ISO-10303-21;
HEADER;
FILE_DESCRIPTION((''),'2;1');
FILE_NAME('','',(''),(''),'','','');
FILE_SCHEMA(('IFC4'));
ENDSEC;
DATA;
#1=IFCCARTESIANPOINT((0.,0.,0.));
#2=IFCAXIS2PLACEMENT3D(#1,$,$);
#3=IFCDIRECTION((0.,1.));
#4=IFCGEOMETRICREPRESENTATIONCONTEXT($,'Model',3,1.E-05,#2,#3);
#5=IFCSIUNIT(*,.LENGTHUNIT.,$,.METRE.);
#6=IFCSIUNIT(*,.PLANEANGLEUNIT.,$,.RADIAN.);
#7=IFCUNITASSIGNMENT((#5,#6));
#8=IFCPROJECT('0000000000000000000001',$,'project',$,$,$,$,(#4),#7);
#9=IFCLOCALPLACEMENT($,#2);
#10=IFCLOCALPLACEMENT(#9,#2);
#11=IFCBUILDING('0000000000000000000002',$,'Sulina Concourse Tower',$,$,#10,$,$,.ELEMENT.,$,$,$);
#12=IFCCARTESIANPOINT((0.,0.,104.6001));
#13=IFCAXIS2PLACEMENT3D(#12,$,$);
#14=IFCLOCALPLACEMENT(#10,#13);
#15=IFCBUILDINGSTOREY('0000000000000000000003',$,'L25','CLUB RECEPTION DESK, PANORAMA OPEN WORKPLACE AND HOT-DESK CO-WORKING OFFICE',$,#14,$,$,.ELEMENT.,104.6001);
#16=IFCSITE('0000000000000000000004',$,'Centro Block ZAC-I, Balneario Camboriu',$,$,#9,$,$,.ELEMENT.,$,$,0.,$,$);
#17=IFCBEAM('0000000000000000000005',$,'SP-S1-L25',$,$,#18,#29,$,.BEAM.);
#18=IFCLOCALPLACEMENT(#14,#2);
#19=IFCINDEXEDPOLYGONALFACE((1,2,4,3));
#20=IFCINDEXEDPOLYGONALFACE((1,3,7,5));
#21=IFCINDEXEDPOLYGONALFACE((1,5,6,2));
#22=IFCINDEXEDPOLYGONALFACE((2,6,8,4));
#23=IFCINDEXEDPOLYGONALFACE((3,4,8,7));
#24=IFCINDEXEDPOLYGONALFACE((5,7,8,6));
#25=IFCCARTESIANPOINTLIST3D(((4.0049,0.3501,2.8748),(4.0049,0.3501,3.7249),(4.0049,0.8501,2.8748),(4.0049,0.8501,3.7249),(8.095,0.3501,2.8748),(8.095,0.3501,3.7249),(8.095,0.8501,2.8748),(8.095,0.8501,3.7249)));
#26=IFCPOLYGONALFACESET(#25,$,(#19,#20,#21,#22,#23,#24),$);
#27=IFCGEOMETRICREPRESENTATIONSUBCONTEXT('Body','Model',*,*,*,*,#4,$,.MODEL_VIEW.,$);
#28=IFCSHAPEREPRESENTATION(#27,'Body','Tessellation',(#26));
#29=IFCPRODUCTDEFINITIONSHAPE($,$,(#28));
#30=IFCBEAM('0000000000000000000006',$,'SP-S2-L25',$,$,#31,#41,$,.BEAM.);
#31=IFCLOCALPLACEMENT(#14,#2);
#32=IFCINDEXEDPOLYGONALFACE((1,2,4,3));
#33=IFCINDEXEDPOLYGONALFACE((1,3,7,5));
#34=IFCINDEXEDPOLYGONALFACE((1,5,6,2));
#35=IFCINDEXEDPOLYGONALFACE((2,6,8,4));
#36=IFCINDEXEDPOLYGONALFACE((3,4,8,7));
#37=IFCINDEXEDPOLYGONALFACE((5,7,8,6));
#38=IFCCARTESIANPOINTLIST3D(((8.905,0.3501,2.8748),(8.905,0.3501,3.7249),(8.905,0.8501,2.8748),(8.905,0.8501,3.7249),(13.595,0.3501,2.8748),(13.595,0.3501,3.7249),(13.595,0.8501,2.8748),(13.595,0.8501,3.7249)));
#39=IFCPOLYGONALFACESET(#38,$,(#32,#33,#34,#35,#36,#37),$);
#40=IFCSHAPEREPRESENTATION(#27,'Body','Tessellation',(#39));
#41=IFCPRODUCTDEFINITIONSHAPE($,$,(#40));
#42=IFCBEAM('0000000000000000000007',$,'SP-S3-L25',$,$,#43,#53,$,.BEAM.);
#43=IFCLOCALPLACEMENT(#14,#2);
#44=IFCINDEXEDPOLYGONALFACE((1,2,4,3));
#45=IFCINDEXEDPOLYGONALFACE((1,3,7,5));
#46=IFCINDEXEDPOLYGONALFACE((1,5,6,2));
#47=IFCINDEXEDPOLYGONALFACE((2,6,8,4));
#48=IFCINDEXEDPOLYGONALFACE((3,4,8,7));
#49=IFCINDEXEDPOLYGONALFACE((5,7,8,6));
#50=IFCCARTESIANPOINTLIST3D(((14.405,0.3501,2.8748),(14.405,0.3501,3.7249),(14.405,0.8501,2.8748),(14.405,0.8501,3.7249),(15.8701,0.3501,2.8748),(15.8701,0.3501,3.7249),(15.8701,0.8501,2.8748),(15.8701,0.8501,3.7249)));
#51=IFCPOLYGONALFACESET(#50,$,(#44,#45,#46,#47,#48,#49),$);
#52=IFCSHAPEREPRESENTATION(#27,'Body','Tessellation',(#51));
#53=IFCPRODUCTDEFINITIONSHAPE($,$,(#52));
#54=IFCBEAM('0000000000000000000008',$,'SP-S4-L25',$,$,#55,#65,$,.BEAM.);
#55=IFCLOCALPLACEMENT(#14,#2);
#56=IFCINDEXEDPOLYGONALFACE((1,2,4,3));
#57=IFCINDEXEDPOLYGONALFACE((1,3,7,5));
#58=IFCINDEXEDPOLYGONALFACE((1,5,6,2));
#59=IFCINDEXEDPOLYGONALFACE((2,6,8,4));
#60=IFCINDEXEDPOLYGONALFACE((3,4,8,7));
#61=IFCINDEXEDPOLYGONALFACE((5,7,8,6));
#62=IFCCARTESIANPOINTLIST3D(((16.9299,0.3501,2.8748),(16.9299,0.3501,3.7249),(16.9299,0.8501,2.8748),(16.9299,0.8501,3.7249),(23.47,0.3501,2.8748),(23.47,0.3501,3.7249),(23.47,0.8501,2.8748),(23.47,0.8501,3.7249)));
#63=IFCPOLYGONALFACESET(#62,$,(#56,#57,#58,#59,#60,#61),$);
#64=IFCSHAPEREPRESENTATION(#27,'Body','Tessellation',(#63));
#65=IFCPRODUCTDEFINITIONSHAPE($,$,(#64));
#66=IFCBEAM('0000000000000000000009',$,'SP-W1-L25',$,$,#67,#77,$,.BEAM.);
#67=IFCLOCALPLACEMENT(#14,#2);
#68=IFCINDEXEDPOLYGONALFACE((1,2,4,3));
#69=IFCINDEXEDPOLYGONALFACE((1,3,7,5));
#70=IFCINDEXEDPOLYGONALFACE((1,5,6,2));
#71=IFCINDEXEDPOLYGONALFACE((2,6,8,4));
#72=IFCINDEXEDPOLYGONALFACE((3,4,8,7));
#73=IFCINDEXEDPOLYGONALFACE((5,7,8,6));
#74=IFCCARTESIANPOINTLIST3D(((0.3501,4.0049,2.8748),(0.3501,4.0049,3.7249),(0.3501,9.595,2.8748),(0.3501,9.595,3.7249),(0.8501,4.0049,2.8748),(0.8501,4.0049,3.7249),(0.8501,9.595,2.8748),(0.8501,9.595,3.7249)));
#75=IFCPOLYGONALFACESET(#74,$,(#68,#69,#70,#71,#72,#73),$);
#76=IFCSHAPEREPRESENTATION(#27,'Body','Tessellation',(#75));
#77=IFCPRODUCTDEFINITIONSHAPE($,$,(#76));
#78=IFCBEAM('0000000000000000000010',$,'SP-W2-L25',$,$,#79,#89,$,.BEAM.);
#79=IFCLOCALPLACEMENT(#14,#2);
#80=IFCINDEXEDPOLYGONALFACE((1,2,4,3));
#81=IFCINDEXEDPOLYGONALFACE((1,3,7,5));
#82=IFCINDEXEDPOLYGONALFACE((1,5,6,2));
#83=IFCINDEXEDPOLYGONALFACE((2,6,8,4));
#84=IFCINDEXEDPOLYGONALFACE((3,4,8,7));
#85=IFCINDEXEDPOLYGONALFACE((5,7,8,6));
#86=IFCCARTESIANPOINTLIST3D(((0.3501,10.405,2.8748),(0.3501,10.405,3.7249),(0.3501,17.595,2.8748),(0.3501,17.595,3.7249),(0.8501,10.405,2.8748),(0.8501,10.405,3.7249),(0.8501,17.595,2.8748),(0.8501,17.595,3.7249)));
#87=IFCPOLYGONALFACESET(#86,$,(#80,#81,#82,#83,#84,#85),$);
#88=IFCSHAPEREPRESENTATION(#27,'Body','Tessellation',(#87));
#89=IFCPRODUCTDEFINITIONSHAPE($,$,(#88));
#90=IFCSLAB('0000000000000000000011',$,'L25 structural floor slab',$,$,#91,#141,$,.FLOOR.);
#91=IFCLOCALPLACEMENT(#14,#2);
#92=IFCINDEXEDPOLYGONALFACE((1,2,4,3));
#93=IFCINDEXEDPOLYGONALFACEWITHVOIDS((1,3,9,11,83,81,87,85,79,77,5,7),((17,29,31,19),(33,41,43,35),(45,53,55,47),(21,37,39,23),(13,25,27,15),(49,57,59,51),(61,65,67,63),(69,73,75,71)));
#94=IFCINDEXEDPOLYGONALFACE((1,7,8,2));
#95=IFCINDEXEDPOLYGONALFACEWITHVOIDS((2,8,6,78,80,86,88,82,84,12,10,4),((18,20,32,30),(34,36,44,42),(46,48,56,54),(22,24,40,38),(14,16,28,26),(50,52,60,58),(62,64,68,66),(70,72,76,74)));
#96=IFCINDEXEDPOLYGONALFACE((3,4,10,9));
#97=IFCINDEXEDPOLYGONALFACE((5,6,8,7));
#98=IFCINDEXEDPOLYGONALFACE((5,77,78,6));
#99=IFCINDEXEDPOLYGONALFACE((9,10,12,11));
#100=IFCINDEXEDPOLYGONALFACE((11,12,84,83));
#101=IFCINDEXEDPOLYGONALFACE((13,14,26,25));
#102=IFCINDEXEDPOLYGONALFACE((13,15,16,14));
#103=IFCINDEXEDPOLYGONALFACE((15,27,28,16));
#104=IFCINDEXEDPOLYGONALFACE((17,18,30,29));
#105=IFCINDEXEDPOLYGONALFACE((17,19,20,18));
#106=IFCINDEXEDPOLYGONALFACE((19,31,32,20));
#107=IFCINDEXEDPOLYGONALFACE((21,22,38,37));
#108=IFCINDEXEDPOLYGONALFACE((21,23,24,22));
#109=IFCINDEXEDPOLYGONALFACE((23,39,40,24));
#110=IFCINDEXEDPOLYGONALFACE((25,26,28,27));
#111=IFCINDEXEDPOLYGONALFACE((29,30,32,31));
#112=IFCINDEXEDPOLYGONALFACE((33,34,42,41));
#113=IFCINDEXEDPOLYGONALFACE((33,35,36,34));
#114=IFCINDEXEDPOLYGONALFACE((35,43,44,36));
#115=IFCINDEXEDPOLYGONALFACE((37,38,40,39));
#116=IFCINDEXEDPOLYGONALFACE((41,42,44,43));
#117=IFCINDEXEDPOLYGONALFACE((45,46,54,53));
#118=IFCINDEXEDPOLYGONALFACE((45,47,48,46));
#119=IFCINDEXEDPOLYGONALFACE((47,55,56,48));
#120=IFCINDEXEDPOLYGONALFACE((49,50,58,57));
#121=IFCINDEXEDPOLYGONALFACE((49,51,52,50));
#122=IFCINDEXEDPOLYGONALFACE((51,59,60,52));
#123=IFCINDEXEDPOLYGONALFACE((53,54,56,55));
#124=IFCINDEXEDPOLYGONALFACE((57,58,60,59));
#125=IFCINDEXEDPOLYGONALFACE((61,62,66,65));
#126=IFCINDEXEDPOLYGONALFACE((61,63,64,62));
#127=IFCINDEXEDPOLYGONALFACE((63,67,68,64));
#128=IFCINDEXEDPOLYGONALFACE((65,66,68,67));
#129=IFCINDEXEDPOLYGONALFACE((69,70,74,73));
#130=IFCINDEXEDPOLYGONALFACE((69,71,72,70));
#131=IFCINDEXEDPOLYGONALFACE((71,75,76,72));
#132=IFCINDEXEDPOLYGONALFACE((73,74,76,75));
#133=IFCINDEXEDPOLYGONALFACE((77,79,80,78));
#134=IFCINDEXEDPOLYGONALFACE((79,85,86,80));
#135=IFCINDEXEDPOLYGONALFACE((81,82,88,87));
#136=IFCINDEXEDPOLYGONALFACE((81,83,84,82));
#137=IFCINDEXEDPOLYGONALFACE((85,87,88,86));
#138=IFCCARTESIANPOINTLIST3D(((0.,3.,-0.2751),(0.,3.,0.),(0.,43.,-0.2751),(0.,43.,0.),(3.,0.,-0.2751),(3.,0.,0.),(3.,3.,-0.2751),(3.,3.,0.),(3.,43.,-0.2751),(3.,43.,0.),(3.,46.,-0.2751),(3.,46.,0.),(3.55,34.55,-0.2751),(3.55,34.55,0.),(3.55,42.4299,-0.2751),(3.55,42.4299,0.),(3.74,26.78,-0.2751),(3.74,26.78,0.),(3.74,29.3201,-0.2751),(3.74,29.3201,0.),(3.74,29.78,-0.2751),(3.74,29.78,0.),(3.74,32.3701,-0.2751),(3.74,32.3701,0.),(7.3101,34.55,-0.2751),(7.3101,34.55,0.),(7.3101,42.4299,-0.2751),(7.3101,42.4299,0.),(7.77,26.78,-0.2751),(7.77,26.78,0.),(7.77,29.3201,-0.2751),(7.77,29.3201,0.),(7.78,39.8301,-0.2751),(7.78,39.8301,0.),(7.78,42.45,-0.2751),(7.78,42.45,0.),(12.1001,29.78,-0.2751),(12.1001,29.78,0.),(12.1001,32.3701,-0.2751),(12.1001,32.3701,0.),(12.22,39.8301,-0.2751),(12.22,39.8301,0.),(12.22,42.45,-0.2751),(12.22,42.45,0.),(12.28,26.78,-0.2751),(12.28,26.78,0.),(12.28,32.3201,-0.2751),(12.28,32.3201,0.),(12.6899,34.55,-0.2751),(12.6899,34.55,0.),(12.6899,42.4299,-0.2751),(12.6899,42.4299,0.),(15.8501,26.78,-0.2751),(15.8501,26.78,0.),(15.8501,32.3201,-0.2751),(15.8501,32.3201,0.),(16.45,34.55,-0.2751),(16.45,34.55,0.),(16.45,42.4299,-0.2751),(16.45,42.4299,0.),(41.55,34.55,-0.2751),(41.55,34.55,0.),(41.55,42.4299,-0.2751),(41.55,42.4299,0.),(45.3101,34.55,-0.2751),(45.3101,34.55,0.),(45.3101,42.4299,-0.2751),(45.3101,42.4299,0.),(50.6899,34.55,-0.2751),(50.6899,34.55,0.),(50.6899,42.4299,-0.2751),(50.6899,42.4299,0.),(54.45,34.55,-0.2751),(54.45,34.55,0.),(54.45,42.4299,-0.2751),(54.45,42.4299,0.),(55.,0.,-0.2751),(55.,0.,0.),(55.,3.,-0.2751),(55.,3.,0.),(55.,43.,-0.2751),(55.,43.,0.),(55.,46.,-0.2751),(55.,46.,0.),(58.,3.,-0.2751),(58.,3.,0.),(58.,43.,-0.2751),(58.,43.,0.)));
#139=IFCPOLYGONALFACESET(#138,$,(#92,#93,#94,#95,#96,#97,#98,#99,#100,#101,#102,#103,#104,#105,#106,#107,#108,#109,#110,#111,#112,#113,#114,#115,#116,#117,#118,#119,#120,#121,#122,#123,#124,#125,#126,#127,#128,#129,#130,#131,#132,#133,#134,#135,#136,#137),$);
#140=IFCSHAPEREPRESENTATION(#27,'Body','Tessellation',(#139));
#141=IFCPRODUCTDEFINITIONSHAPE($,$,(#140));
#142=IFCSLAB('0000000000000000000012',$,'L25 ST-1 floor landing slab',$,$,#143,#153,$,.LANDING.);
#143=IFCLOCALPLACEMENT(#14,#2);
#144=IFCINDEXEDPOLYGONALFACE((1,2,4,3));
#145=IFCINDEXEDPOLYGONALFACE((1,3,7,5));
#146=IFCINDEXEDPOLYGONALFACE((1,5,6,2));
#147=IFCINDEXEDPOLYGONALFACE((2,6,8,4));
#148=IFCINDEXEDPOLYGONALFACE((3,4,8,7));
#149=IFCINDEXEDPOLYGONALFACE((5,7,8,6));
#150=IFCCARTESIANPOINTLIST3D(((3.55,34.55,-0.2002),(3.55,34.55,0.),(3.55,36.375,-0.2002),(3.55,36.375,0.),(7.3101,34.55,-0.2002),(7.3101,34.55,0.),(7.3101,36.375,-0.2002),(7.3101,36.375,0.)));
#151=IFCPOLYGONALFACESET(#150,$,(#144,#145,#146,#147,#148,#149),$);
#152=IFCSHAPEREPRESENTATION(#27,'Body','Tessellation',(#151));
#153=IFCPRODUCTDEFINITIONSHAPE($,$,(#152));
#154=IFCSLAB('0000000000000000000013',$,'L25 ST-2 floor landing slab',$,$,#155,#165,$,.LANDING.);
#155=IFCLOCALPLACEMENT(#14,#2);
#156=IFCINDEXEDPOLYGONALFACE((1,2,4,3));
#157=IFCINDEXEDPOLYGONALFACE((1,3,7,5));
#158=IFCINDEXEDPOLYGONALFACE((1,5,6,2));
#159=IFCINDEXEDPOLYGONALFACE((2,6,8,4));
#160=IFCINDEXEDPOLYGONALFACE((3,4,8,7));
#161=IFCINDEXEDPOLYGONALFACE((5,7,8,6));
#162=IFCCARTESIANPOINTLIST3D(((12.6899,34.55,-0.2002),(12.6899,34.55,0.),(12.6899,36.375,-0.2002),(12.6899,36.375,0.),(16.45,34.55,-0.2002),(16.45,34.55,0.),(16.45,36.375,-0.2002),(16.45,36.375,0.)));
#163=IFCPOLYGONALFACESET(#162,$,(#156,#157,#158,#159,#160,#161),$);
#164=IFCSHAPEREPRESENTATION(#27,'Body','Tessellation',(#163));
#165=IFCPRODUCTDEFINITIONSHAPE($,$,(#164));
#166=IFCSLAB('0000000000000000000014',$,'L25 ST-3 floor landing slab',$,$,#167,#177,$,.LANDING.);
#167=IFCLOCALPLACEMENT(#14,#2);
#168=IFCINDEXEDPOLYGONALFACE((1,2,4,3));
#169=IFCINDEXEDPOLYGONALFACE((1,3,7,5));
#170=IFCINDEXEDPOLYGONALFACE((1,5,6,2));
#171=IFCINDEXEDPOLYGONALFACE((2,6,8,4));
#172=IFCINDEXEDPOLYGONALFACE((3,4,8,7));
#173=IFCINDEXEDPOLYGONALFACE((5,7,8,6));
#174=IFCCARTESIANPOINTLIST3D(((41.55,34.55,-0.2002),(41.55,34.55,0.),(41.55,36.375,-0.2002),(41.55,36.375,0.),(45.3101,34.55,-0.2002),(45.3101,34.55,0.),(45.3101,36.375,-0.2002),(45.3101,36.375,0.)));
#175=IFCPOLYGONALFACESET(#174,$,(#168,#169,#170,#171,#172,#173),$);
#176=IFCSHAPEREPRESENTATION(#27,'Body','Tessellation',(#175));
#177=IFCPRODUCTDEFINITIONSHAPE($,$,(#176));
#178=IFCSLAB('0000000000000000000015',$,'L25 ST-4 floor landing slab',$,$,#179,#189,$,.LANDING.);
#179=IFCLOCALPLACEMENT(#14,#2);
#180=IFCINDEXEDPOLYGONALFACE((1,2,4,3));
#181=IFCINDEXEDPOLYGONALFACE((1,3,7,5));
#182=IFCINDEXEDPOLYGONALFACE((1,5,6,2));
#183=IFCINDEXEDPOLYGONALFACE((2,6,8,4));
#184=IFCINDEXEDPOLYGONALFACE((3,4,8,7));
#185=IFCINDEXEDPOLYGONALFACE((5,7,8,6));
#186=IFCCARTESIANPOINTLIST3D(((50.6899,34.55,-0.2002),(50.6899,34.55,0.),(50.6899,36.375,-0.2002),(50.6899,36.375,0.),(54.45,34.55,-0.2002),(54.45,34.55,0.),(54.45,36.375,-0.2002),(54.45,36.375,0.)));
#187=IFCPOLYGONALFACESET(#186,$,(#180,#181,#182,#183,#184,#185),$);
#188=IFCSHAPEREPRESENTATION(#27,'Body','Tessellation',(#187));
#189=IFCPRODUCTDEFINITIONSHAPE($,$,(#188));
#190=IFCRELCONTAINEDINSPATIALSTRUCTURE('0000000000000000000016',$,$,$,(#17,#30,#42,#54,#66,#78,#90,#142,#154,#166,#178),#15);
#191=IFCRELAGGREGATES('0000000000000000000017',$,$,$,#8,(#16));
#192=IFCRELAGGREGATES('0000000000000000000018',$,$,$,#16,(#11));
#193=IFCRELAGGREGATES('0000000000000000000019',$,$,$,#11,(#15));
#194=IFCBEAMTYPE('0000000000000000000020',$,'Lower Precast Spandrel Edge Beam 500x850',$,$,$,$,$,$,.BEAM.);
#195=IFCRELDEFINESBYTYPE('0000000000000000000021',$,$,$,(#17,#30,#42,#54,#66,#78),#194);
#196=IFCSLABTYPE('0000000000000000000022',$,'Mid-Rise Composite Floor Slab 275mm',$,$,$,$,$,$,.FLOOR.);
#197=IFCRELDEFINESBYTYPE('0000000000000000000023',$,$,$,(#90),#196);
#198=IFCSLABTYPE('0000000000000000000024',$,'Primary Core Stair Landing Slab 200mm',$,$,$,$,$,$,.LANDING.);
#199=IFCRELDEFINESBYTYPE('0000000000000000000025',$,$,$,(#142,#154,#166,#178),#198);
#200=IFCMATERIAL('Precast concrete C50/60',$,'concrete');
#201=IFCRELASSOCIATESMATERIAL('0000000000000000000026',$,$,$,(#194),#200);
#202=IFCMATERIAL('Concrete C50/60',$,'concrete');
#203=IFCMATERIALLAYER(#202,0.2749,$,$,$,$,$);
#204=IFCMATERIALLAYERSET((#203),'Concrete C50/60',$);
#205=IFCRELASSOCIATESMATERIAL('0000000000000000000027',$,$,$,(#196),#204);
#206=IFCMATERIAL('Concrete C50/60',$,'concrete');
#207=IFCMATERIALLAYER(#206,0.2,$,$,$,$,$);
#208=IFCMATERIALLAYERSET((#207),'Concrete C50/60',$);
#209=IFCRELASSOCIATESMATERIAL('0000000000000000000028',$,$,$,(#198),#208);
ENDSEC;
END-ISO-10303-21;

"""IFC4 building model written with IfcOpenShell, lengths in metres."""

from ifc_helpers import new_model, si_unit, direction, frame, origin, origin_2d, place, context, subcontext, project, spatial, polyline, rectangle, outline, extrude, material, layer, layer_set, material_profile, profile_set, type_object, element, save


model = new_model("IFC4")

# Units and contexts
model_context = context("Model", 3, precision=1e-05, world=origin(), true_north=direction((0.0, 1.0)))
body_context = subcontext(model_context, "Body", "Model", "MODEL_VIEW")
ifc_project = project(units=[si_unit("LENGTHUNIT", "METRE"), si_unit("PLANEANGLEUNIT", "RADIAN")], contexts=[model_context])

# Site, building, storey
site_placement = place(None, origin())
site = spatial("IfcSite", under=ifc_project, at=site_placement, Name="Centro Block ZAC-I, Balneario Camboriu", CompositionType="ELEMENT", RefElevation=0.0)
building_placement = place(site_placement, origin())
building = spatial("IfcBuilding", under=site, at=building_placement, Name="Sulina Concourse Tower", CompositionType="ELEMENT")
storey_placement = place(building_placement, frame((0.0, 0.0, 104.6001)))
storey = spatial("IfcBuildingStorey", under=building, at=storey_placement, Name="L25", Description="CLUB RECEPTION DESK, PANORAMA OPEN WORKPLACE AND HOT-DESK CO-WORKING OFFICE", CompositionType="ELEMENT", Elevation=104.6001)

# Beams
ifc_material_1 = material(Name="Precast concrete C50/60", Category="concrete")
ifc_material_profile_1 = material_profile(ifc_material_1, rectangle(XDim=0.5, YDim=0.8501, at=origin_2d()), Name="RC 500x850")
ifc_profile_set_1 = profile_set([ifc_material_profile_1], Name="Precast concrete C50/60")
beam_type_1 = type_object("IfcBeamType", Name="Lower Precast Spandrel Edge Beam 500x850", PredefinedType="BEAM", material=ifc_profile_set_1)
beam_1_placement = place(storey_placement, frame((4.0049, 0.6001, 3.2998), z_axis=(1.0, 0.0, 0.0), x_axis=(0.0, 1.0, 0.0)))
element("IfcBeam", 1, at=beam_1_placement, inside=storey, type_object=beam_type_1, Name="SP-S1-L25", PredefinedType="BEAM", context=body_context, shape_type="SweptSolid", body=[
    extrude(rectangle(XDim=0.5, YDim=0.8501, at=origin_2d()), origin(), (0.0, 0.0, 1.0), 4.0901),
])
beam_2_placement = place(storey_placement, frame((8.905, 0.6001, 3.2998), z_axis=(1.0, 0.0, 0.0), x_axis=(0.0, 1.0, 0.0)))
element("IfcBeam", 2, at=beam_2_placement, inside=storey, type_object=beam_type_1, Name="SP-S2-L25", PredefinedType="BEAM", context=body_context, shape_type="SweptSolid", body=[
    extrude(rectangle(XDim=0.5, YDim=0.8501, at=origin_2d()), origin(), (0.0, 0.0, 1.0), 4.6899),
])
beam_3_placement = place(storey_placement, frame((14.405, 0.6001, 3.2998), z_axis=(1.0, 0.0, 0.0), x_axis=(0.0, 1.0, 0.0)))
element("IfcBeam", 3, at=beam_3_placement, inside=storey, type_object=beam_type_1, Name="SP-S3-L25", PredefinedType="BEAM", context=body_context, shape_type="SweptSolid", body=[
    extrude(rectangle(XDim=0.5, YDim=0.8501, at=origin_2d()), origin(), (0.0, 0.0, 1.0), 1.4651),
])
beam_4_placement = place(storey_placement, frame((16.9299, 0.6001, 3.2998), z_axis=(1.0, 0.0, 0.0), x_axis=(0.0, 1.0, 0.0)))
element("IfcBeam", 4, at=beam_4_placement, inside=storey, type_object=beam_type_1, Name="SP-S4-L25", PredefinedType="BEAM", context=body_context, shape_type="SweptSolid", body=[
    extrude(rectangle(XDim=0.5, YDim=0.8501, at=origin_2d()), origin(), (0.0, 0.0, 1.0), 6.54),
])
beam_5_placement = place(storey_placement, frame((0.6001, 4.0049, 3.2998), z_axis=(0.0, 1.0, 0.0), x_axis=(-1.0, 0.0, 0.0)))
element("IfcBeam", 5, at=beam_5_placement, inside=storey, type_object=beam_type_1, Name="SP-W1-L25", PredefinedType="BEAM", context=body_context, shape_type="SweptSolid", body=[
    extrude(rectangle(XDim=0.5, YDim=0.8501, at=origin_2d()), origin(), (0.0, 0.0, 1.0), 5.5901),
])
beam_6_placement = place(storey_placement, frame((0.6001, 10.405, 3.2998), z_axis=(0.0, 1.0, 0.0), x_axis=(-1.0, 0.0, 0.0)))
element("IfcBeam", 6, at=beam_6_placement, inside=storey, type_object=beam_type_1, Name="SP-W2-L25", PredefinedType="BEAM", context=body_context, shape_type="SweptSolid", body=[
    extrude(rectangle(XDim=0.5, YDim=0.8501, at=origin_2d()), origin(), (0.0, 0.0, 1.0), 7.1899),
])

# Slabs
ifc_material_2 = material(Name="Concrete C50/60", Category="concrete")
ifc_layer_1 = layer(ifc_material_2, 0.2749)
ifc_layer_set_1 = layer_set([ifc_layer_1], Name="Concrete C50/60")
slab_type_1 = type_object("IfcSlabType", Name="Mid-Rise Composite Floor Slab 275mm", PredefinedType="FLOOR", material=ifc_layer_set_1)
slab_1_placement = place(storey_placement, frame((0.0, 0.0, -0.2751)))
element("IfcSlab", 7, at=slab_1_placement, inside=storey, type_object=slab_type_1, Name="L25 structural floor slab", PredefinedType="FLOOR", context=body_context, shape_type="SweptSolid", body=[
    extrude(outline(polyline([(3.0, 0.0), (55.0, 0.0), (55.0, 3.0), (58.0, 3.0), (58.0, 43.0), (55.0, 43.0), (55.0, 46.0), (3.0, 46.0), (3.0, 43.0), (0.0, 43.0), (0.0, 3.0), (3.0, 3.0), (3.0, 0.0)]), holes=[polyline([(7.3101, 34.55), (7.3101, 42.4299), (3.55, 42.4299), (3.55, 34.55), (7.3101, 34.55)]), polyline([(16.45, 34.55), (16.45, 42.4299), (12.6899, 42.4299), (12.6899, 34.55), (16.45, 34.55)]), polyline([(45.3101, 34.55), (45.3101, 42.4299), (41.55, 42.4299), (41.55, 34.55), (45.3101, 34.55)]), polyline([(54.45, 34.55), (54.45, 42.4299), (50.6899, 42.4299), (50.6899, 34.55), (54.45, 34.55)]), polyline([(7.78, 39.8301), (12.22, 39.8301), (12.22, 42.45), (7.78, 42.45), (7.78, 39.8301)]), polyline([(3.74, 26.78), (7.77, 26.78), (7.77, 29.3201), (3.74, 29.3201), (3.74, 26.78)]), polyline([(3.74, 29.78), (12.1001, 29.78), (12.1001, 32.3701), (3.74, 32.3701), (3.74, 29.78)]), polyline([(12.28, 26.78), (15.8501, 26.78), (15.8501, 32.3201), (12.28, 32.3201), (12.28, 26.78)])]), origin(), (0.0, 0.0, 1.0), 0.2751),
])
ifc_material_3 = material(Name="Concrete C50/60", Category="concrete")
ifc_layer_2 = layer(ifc_material_3, 0.2)
ifc_layer_set_2 = layer_set([ifc_layer_2], Name="Concrete C50/60")
slab_type_2 = type_object("IfcSlabType", Name="Primary Core Stair Landing Slab 200mm", PredefinedType="LANDING", material=ifc_layer_set_2)
slab_2_placement = place(storey_placement, frame((0.0, 0.0, -0.2002)))
element("IfcSlab", 8, at=slab_2_placement, inside=storey, type_object=slab_type_2, Name="L25 ST-1 floor landing slab", PredefinedType="LANDING", context=body_context, shape_type="SweptSolid", body=[
    extrude(outline(polyline([(7.3101, 34.55), (7.3101, 36.375), (3.55, 36.375), (3.55, 34.55), (7.3101, 34.55)])), origin(), (0.0, 0.0, 1.0), 0.2002),
])
slab_3_placement = place(storey_placement, frame((0.0, 0.0, -0.2002)))
element("IfcSlab", 9, at=slab_3_placement, inside=storey, type_object=slab_type_2, Name="L25 ST-2 floor landing slab", PredefinedType="LANDING", context=body_context, shape_type="SweptSolid", body=[
    extrude(outline(polyline([(16.45, 34.55), (16.45, 36.375), (12.6899, 36.375), (12.6899, 34.55), (16.45, 34.55)])), origin(), (0.0, 0.0, 1.0), 0.2002),
])
slab_4_placement = place(storey_placement, frame((0.0, 0.0, -0.2002)))
element("IfcSlab", 10, at=slab_4_placement, inside=storey, type_object=slab_type_2, Name="L25 ST-3 floor landing slab", PredefinedType="LANDING", context=body_context, shape_type="SweptSolid", body=[
    extrude(outline(polyline([(45.3101, 34.55), (45.3101, 36.375), (41.55, 36.375), (41.55, 34.55), (45.3101, 34.55)])), origin(), (0.0, 0.0, 1.0), 0.2002),
])
slab_5_placement = place(storey_placement, frame((0.0, 0.0, -0.2002)))
element("IfcSlab", 11, at=slab_5_placement, inside=storey, type_object=slab_type_2, Name="L25 ST-4 floor landing slab", PredefinedType="LANDING", context=body_context, shape_type="SweptSolid", body=[
    extrude(outline(polyline([(54.45, 34.55), (54.45, 36.375), (50.6899, 36.375), (50.6899, 34.55), (54.45, 34.55)])), origin(), (0.0, 0.0, 1.0), 0.2002),
])

save(model, "model.ifc")
